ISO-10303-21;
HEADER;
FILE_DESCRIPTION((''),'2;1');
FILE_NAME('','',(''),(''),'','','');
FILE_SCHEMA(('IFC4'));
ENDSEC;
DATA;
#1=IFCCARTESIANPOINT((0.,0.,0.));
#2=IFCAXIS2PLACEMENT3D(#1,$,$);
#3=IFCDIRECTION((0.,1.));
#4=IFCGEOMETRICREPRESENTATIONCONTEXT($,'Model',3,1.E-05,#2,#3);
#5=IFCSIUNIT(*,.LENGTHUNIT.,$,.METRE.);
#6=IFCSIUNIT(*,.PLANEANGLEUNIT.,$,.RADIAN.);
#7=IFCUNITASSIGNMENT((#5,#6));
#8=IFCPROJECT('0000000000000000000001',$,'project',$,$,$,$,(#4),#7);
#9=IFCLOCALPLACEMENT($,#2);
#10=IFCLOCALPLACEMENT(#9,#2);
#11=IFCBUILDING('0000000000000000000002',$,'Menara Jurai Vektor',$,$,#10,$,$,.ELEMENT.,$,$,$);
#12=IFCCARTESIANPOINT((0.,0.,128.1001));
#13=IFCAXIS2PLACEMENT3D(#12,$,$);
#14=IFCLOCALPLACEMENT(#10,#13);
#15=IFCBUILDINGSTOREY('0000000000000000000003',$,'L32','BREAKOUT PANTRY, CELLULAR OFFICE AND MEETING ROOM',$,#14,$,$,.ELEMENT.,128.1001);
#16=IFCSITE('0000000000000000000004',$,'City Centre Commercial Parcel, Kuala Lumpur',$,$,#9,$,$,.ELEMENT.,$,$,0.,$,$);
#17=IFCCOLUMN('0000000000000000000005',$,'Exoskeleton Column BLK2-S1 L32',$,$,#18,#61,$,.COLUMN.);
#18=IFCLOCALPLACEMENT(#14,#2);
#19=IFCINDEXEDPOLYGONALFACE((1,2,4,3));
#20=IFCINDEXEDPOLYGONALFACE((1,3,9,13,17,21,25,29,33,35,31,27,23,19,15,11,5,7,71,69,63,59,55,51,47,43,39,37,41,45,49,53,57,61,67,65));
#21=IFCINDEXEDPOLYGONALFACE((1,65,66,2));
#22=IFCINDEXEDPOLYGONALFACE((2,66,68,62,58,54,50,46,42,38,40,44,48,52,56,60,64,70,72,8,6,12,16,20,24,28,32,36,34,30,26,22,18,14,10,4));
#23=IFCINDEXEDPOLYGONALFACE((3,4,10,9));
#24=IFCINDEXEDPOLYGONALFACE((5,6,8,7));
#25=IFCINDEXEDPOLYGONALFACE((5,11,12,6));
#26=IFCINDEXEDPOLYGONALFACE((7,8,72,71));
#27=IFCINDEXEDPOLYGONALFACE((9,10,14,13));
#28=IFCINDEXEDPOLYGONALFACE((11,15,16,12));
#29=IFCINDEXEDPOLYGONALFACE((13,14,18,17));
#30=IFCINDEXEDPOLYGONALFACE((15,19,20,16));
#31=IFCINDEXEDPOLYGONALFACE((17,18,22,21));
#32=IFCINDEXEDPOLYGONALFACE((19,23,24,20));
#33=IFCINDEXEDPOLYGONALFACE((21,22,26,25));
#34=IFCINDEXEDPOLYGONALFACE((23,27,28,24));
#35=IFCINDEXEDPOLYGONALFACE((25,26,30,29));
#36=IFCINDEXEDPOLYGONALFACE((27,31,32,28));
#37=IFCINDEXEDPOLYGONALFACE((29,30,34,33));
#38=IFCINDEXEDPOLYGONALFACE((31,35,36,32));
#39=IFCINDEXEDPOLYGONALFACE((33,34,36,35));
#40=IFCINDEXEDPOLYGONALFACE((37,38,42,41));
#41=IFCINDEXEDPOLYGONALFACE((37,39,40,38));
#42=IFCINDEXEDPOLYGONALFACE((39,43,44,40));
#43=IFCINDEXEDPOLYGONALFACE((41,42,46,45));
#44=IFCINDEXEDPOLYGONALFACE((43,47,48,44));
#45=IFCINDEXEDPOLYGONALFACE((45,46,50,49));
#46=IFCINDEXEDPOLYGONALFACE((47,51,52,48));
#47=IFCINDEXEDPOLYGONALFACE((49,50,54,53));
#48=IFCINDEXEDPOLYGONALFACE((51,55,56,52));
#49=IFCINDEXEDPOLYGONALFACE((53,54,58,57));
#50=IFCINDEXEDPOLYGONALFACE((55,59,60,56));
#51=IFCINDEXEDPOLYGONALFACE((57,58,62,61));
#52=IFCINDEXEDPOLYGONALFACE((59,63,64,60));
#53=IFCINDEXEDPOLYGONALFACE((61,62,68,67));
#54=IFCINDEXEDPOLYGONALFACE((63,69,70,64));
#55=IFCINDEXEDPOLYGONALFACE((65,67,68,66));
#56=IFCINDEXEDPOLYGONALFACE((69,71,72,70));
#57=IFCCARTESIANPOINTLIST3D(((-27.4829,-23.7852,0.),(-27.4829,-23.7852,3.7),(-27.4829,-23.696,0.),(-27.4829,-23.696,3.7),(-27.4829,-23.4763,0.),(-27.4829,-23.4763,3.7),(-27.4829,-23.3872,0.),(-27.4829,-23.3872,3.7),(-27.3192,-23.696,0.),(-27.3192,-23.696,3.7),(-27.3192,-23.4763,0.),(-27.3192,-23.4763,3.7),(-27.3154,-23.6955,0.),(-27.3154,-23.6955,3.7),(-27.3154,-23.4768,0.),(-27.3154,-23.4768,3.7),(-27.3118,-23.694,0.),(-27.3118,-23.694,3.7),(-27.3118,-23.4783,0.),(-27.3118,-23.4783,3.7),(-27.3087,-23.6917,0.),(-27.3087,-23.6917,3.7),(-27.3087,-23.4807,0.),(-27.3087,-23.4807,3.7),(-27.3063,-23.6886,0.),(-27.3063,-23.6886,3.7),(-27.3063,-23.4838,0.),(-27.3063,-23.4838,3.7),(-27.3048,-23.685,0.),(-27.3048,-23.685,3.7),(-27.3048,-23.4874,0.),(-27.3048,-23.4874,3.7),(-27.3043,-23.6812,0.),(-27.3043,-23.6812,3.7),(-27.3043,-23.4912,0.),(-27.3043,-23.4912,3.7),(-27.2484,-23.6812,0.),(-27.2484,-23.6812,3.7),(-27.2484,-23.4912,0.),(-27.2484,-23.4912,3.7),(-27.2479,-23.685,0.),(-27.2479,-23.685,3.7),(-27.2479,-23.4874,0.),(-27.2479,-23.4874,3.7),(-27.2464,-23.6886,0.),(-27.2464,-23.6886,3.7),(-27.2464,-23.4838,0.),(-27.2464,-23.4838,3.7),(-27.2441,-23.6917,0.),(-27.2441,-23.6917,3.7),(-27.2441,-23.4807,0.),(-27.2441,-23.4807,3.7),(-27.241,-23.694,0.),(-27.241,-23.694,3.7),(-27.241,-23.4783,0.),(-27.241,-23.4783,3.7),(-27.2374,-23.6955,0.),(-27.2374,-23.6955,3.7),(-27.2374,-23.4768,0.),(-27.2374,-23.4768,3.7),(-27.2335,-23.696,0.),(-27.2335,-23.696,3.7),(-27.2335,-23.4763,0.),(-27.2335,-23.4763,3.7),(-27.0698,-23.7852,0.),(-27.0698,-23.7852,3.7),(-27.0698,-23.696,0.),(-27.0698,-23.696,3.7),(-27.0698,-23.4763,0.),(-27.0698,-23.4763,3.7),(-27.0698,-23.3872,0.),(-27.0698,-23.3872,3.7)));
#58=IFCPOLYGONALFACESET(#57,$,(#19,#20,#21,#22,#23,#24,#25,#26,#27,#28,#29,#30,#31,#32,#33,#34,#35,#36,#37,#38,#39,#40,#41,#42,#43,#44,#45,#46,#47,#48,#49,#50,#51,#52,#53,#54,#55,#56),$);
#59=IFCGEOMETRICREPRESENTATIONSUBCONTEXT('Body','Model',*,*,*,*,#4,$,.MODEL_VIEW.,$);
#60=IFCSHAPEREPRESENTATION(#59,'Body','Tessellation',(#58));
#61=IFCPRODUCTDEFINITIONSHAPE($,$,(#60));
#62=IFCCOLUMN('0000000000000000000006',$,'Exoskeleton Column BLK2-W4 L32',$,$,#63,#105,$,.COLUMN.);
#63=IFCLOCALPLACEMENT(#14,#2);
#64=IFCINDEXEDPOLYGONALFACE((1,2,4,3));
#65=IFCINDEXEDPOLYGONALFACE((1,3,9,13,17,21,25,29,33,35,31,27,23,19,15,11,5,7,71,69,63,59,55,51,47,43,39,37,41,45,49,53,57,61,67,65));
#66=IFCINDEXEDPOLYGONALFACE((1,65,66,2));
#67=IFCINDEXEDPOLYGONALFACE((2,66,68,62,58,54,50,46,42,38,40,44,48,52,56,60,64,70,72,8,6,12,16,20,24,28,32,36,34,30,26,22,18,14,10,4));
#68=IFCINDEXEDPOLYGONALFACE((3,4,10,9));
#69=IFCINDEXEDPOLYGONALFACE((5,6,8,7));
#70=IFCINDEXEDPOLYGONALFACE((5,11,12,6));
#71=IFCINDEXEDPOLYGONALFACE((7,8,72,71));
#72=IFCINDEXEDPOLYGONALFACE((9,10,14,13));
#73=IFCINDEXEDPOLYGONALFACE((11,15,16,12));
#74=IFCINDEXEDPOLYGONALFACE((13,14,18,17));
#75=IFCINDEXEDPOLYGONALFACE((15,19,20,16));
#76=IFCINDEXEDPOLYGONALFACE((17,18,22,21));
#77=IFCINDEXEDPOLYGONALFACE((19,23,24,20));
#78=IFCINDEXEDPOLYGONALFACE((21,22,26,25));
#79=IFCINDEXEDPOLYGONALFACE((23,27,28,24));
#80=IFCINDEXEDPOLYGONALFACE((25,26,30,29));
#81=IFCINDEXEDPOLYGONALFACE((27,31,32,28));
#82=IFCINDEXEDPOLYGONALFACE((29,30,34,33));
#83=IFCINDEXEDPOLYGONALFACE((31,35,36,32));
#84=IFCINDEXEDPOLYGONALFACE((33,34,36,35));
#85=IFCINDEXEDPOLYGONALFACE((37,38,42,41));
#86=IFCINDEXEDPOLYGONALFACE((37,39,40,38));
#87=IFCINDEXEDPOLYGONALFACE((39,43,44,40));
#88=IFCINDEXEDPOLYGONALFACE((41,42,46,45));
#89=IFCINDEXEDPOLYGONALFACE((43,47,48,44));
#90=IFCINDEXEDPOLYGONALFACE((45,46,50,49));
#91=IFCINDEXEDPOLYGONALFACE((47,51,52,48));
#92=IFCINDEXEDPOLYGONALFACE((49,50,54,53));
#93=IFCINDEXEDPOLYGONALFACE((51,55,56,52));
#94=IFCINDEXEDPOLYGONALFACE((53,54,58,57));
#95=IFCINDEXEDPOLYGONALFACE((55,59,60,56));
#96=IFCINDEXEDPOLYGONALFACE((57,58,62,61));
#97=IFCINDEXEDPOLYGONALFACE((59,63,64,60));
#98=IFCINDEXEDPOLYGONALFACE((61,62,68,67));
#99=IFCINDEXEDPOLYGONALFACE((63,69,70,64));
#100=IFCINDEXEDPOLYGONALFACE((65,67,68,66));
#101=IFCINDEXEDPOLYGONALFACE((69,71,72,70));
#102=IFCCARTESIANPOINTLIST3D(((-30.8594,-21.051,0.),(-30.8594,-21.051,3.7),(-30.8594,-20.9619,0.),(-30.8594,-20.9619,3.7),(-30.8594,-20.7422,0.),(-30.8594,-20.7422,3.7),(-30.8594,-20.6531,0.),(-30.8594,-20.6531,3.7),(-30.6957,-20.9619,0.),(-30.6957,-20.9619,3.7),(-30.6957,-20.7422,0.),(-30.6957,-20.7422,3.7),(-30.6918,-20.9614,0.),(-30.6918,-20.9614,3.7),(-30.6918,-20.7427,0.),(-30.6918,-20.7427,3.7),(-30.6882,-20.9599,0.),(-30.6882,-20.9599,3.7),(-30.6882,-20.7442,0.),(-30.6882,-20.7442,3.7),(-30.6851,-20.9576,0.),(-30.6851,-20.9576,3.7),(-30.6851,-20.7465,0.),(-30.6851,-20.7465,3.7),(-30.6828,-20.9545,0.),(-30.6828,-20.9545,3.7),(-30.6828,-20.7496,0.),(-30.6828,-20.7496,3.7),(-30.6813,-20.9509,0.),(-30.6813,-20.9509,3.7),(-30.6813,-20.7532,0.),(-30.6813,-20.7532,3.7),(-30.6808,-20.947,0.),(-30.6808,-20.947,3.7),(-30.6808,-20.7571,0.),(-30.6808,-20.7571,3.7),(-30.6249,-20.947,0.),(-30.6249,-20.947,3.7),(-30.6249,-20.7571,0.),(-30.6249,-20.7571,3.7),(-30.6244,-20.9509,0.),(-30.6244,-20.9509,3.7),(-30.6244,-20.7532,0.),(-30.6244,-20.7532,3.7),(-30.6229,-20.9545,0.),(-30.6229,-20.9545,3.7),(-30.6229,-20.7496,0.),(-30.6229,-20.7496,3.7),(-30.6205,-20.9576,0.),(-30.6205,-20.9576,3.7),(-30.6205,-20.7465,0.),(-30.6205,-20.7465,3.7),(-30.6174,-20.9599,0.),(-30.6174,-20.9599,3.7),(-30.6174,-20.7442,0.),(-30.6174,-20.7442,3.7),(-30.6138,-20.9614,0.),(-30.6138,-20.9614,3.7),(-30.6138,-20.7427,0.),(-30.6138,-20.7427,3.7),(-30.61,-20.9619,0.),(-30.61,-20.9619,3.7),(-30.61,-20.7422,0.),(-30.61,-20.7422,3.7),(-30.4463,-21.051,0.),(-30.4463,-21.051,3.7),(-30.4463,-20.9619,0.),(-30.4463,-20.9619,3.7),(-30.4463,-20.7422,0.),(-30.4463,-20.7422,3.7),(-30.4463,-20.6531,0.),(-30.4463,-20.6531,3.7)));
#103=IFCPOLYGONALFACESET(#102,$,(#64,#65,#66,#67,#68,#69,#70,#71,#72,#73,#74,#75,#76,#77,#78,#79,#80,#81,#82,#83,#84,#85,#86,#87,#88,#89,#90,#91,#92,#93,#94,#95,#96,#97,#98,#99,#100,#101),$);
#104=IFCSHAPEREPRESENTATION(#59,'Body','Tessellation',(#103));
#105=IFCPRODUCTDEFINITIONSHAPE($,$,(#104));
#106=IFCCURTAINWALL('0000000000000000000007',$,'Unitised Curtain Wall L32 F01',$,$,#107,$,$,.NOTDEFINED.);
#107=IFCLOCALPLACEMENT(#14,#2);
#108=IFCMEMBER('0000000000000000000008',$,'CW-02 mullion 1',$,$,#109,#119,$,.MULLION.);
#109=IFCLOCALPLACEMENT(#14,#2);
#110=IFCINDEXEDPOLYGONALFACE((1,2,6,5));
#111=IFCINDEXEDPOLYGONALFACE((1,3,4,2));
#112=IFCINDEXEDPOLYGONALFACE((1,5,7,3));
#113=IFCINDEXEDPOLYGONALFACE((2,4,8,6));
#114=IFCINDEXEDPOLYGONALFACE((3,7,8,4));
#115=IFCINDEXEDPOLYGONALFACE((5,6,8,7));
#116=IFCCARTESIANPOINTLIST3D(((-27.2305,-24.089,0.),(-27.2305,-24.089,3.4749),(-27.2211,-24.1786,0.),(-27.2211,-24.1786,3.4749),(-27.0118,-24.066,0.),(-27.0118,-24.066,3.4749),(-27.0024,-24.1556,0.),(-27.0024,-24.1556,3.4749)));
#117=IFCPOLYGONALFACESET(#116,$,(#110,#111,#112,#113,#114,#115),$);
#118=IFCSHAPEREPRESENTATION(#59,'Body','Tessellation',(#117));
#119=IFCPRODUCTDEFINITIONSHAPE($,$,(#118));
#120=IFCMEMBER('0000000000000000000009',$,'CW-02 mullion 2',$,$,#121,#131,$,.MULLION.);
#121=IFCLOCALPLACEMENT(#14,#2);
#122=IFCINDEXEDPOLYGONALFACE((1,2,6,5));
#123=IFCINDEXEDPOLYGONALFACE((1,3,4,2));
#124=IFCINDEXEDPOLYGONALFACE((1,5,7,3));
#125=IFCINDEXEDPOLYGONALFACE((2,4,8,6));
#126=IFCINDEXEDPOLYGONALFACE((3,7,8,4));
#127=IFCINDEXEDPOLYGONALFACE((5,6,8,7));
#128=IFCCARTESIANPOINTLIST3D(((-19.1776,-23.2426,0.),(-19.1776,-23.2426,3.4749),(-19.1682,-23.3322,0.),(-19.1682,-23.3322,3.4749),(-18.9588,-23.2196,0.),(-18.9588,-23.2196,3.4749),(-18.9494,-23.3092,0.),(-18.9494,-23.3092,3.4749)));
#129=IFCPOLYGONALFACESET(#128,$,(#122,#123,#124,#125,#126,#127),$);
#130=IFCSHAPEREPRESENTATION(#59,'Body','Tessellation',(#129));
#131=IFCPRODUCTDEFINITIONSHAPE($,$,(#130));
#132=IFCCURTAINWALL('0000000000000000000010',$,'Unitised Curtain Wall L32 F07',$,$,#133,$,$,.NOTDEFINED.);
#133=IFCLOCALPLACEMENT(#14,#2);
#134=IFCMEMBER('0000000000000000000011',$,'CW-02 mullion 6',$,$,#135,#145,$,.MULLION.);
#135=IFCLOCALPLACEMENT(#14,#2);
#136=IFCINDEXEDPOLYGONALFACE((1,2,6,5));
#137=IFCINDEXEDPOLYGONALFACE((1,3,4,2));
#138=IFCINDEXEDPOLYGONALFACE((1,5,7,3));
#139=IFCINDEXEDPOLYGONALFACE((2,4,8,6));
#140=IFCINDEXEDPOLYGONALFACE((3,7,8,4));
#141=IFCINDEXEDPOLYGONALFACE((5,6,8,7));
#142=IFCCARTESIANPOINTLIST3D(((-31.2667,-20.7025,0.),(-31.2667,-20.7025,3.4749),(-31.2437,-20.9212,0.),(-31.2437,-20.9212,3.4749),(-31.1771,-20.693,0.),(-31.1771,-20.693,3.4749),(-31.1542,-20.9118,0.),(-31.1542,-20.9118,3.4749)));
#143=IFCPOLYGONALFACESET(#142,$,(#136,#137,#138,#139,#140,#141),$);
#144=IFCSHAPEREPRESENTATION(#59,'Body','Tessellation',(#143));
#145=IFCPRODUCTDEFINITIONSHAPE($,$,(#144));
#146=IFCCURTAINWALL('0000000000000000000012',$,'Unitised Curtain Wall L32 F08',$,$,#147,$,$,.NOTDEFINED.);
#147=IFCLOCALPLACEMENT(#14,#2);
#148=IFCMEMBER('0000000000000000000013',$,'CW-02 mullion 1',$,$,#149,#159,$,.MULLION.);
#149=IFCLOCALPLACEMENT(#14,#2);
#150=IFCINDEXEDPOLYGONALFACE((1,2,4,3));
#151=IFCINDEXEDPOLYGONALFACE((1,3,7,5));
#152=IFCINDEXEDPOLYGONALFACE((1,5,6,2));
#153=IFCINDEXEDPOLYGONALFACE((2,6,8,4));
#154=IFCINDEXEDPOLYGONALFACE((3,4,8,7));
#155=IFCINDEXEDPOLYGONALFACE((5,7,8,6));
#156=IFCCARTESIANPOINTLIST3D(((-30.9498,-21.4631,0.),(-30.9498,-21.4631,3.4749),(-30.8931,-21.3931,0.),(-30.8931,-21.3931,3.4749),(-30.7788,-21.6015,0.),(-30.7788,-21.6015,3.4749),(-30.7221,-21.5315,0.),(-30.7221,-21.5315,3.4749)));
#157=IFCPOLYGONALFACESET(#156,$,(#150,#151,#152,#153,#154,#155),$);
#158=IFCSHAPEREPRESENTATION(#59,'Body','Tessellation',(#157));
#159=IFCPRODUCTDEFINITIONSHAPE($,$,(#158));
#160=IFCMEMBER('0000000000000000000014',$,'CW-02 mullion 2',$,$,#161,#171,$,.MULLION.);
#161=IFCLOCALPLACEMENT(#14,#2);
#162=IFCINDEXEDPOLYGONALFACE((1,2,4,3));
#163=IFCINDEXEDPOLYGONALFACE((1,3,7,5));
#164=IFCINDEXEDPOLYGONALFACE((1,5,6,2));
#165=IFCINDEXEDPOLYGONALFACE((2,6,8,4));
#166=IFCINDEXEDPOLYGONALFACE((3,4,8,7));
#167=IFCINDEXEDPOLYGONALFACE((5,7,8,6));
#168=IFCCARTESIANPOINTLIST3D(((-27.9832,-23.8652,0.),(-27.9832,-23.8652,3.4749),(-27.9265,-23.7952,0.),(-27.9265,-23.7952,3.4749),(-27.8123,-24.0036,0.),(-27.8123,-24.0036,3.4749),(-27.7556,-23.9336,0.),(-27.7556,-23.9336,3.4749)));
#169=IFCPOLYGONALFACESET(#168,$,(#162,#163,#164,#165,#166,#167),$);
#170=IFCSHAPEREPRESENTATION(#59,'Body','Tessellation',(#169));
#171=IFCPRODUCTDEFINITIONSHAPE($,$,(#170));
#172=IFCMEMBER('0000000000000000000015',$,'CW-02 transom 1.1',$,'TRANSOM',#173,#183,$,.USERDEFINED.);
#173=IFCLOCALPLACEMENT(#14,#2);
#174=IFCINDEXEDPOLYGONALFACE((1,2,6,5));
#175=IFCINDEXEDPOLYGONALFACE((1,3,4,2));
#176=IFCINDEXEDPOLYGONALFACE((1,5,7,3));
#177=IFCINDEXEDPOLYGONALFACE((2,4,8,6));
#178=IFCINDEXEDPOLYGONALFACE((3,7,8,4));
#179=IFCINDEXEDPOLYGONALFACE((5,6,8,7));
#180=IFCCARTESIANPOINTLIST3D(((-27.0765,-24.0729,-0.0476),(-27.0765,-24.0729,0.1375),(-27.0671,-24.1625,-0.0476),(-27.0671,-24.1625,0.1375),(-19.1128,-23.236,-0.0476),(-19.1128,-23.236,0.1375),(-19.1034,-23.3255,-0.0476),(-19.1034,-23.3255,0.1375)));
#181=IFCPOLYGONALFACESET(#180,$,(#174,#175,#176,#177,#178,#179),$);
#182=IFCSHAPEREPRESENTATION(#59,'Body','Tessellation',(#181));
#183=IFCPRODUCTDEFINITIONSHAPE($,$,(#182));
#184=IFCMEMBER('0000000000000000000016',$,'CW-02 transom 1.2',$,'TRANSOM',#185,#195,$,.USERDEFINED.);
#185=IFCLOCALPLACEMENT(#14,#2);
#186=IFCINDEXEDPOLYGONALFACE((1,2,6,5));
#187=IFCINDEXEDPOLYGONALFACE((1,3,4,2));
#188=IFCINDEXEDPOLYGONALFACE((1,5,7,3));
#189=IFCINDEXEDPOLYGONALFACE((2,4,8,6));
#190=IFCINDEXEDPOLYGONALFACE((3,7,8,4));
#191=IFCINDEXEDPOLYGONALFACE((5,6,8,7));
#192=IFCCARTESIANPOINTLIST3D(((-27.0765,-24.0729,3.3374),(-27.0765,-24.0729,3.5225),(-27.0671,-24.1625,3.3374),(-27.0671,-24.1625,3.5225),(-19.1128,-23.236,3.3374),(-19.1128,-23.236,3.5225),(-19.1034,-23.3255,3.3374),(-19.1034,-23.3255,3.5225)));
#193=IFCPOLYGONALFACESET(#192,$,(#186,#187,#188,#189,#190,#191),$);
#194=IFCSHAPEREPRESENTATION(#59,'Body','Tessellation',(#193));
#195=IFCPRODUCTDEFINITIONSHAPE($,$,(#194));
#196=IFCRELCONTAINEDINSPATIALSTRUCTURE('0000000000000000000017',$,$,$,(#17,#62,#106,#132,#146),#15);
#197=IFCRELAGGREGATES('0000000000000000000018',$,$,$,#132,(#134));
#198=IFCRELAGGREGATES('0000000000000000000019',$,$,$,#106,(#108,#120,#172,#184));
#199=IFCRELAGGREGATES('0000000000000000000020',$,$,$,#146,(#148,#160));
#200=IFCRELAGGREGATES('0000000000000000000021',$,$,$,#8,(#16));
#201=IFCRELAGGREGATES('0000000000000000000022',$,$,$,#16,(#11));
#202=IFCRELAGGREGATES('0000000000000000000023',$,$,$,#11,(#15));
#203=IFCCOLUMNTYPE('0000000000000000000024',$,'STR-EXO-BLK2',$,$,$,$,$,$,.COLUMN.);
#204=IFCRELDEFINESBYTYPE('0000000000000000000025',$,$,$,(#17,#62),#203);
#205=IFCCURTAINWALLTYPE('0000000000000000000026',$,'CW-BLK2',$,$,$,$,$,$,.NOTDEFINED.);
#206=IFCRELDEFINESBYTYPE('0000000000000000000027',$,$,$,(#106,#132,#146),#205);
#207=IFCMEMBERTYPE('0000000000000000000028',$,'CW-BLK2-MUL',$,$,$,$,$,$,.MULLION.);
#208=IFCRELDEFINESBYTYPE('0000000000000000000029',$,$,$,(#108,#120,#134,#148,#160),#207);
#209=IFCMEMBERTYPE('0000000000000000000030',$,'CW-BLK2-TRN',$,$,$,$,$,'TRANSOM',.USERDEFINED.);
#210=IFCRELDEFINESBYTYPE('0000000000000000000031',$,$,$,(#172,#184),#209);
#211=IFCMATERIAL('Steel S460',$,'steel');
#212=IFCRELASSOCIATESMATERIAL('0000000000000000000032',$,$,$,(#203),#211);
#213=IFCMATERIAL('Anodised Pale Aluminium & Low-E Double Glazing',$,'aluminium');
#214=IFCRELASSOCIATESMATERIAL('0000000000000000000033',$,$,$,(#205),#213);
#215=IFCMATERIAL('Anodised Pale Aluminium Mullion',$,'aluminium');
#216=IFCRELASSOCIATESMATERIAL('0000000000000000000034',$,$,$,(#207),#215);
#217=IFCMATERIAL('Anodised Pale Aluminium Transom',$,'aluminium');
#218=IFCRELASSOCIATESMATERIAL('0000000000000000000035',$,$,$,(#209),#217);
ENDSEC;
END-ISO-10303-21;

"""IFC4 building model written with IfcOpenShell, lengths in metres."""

from ifc_helpers import new_model, si_unit, direction, frame, origin, origin_2d, place, context, subcontext, project, spatial, rectangle, i_section, extrude, material, material_profile, profile_set, type_object, element, aggregate, save


model = new_model("IFC4")

# Units and contexts
model_context = context("Model", 3, precision=1e-05, world=origin(), true_north=direction((0.0, 1.0)))
body_context = subcontext(model_context, "Body", "Model", "MODEL_VIEW")
ifc_project = project(units=[si_unit("LENGTHUNIT", "METRE"), si_unit("PLANEANGLEUNIT", "RADIAN")], contexts=[model_context])

# Site, building, storey
site_placement = place(None, origin())
site = spatial("IfcSite", under=ifc_project, at=site_placement, Name="City Centre Commercial Parcel, Kuala Lumpur", CompositionType="ELEMENT", RefElevation=0.0)
building_placement = place(site_placement, origin())
building = spatial("IfcBuilding", under=site, at=building_placement, Name="Menara Jurai Vektor", CompositionType="ELEMENT")
storey_placement = place(building_placement, frame((0.0, 0.0, 128.1001)))
storey = spatial("IfcBuildingStorey", under=building, at=storey_placement, Name="L32", Description="BREAKOUT PANTRY, CELLULAR OFFICE AND MEETING ROOM", CompositionType="ELEMENT", Elevation=128.1001)

# Columns
ifc_material_1 = material(Name="Steel S460", Category="steel")
ifc_material_profile_1 = material_profile(ifc_material_1, i_section(OverallWidth=0.4131, OverallDepth=0.3979, WebThickness=0.0559, FlangeThickness=0.0891, FilletRadius=0.0149, at=origin_2d()), Name="HD 400x744")
ifc_profile_set_1 = profile_set([ifc_material_profile_1], Name="Steel S460")
column_type = type_object("IfcColumnType", Name="STR-EXO-BLK2", PredefinedType="COLUMN", material=ifc_profile_set_1)
for number, where, z_axis, x_axis, name in (
    (1, (-27.2764, -23.5862, 0.0), (0.0, 0.0, 1.0), (1.0, 0.0, 0.0), "Exoskeleton Column BLK2-S1 L32"),
    (2, (-30.6528, -20.8521, 0.0), (0.0, 0.0, 1.0), (1.0, 0.0, 0.0), "Exoskeleton Column BLK2-W4 L32"),
):
    element("IfcColumn", number, at=place(storey_placement, frame(where, z_axis=z_axis, x_axis=x_axis)), inside=storey, type_object=column_type, Name=name, PredefinedType="COLUMN", context=body_context, shape_type="SweptSolid", body=[
        extrude(i_section(OverallWidth=0.4131, OverallDepth=0.3979, WebThickness=0.0559, FlangeThickness=0.0891, FilletRadius=0.0149, at=origin_2d()), origin(), (0.0, 0.0, 1.0), 3.7),
    ])

# Curtain wall, members
ifc_material_2 = material(Name="Anodised Pale Aluminium & Low-E Double Glazing", Category="aluminium")
curtain_wall_type = type_object("IfcCurtainWallType", Name="CW-BLK2", PredefinedType="NOTDEFINED", material=ifc_material_2)
curtain_wall_1_placement = place(storey_placement, origin())
curtain_wall_1 = element("IfcCurtainWall", 3, at=curtain_wall_1_placement, inside=storey, type_object=curtain_wall_type, Name="Unitised Curtain Wall L32 F01", PredefinedType="NOTDEFINED")
ifc_material_3 = material(Name="Anodised Pale Aluminium Mullion", Category="aluminium")
ifc_material_profile_2 = material_profile(ifc_material_3, rectangle(XDim=0.0901, YDim=0.22, at=origin_2d()), Name="ALU MUL 90x220")
ifc_profile_set_2 = profile_set([ifc_material_profile_2], Name="Anodised Pale Aluminium Mullion")
member_type_1 = type_object("IfcMemberType", Name="CW-BLK2-MUL", PredefinedType="MULLION", material=ifc_profile_set_2)
member_1_placement = place(storey_placement, frame((-27.1165, -24.1223, 0.0), z_axis=(0.0, 0.0, 1.0), x_axis=(-0.104529, 0.994522, 0.0)))
member_1 = element("IfcMember", 4, at=member_1_placement, type_object=member_type_1, Name="CW-02 mullion 1", PredefinedType="MULLION", context=body_context, shape_type="SweptSolid", body=[
    extrude(rectangle(XDim=0.0901, YDim=0.22, at=origin_2d()), origin(), (0.0, 0.0, 1.0), 3.4749),
])
member_2_placement = place(storey_placement, frame((-19.0635, -23.2759, 0.0), z_axis=(0.0, 0.0, 1.0), x_axis=(-0.104529, 0.994522, 0.0)))
member_2 = element("IfcMember", 5, at=member_2_placement, type_object=member_type_1, Name="CW-02 mullion 2", PredefinedType="MULLION", context=body_context, shape_type="SweptSolid", body=[
    extrude(rectangle(XDim=0.0901, YDim=0.22, at=origin_2d()), origin(), (0.0, 0.0, 1.0), 3.4749),
])

# Curtain wall, member
curtain_wall_2_placement = place(storey_placement, origin())
curtain_wall_2 = element("IfcCurtainWall", 6, at=curtain_wall_2_placement, inside=storey, type_object=curtain_wall_type, Name="Unitised Curtain Wall L32 F07", PredefinedType="NOTDEFINED")
member_3_placement = place(storey_placement, frame((-31.2104, -20.8071, 0.0), z_axis=(0.0, 0.0, 1.0), x_axis=(0.994522, 0.10453, 0.0)))
member_3 = element("IfcMember", 7, at=member_3_placement, type_object=member_type_1, Name="CW-02 mullion 6", PredefinedType="MULLION", context=body_context, shape_type="SweptSolid", body=[
    extrude(rectangle(XDim=0.0901, YDim=0.22, at=origin_2d()), origin(), (0.0, 0.0, 1.0), 3.4749),
])
aggregate(curtain_wall_2, [member_3])

# Curtain wall, members
curtain_wall_3_placement = place(storey_placement, origin())
curtain_wall_3 = element("IfcCurtainWall", 8, at=curtain_wall_3_placement, inside=storey, type_object=curtain_wall_type, Name="Unitised Curtain Wall L32 F08", PredefinedType="NOTDEFINED")
member_4_placement = place(storey_placement, frame((-30.8359, -21.4973, 0.0), z_axis=(0.0, 0.0, 1.0), x_axis=(0.629313, 0.777152, 0.0)))
member_4 = element("IfcMember", 9, at=member_4_placement, type_object=member_type_1, Name="CW-02 mullion 1", PredefinedType="MULLION", context=body_context, shape_type="SweptSolid", body=[
    extrude(rectangle(XDim=0.0901, YDim=0.22, at=origin_2d()), origin(), (0.0, 0.0, 1.0), 3.4749),
])
member_5_placement = place(storey_placement, frame((-27.8694, -23.8994, 0.0), z_axis=(0.0, 0.0, 1.0), x_axis=(0.629313, 0.777152, 0.0)))
member_5 = element("IfcMember", 10, at=member_5_placement, type_object=member_type_1, Name="CW-02 mullion 2", PredefinedType="MULLION", context=body_context, shape_type="SweptSolid", body=[
    extrude(rectangle(XDim=0.0901, YDim=0.22, at=origin_2d()), origin(), (0.0, 0.0, 1.0), 3.4749),
])

# Members
ifc_material_4 = material(Name="Anodised Pale Aluminium Transom", Category="aluminium")
ifc_material_profile_3 = material_profile(ifc_material_4, rectangle(XDim=0.0901, YDim=0.1851, at=origin_2d()), Name="ALU TRN 90x185")
ifc_profile_set_3 = profile_set([ifc_material_profile_3], Name="Anodised Pale Aluminium Transom")
member_type_2 = type_object("IfcMemberType", Name="CW-BLK2-TRN", ElementType="TRANSOM", PredefinedType="USERDEFINED", material=ifc_profile_set_3)
member_6_placement = place(storey_placement, frame((-27.0718, -24.1177, 0.0449), z_axis=(0.994523, 0.104517, 0.0), x_axis=(-0.104517, 0.994523, 0.0)))
member_6 = element("IfcMember", 11, at=member_6_placement, type_object=member_type_2, Name="CW-02 transom 1.1", ObjectType="TRANSOM", PredefinedType="USERDEFINED", context=body_context, shape_type="SweptSolid", body=[
    extrude(rectangle(XDim=0.0901, YDim=0.1851, at=origin_2d()), origin(), (0.0, 0.0, 1.0), 8.0076),
])
member_7_placement = place(storey_placement, frame((-27.0718, -24.1177, 3.4299), z_axis=(0.994523, 0.104517, 0.0), x_axis=(-0.104517, 0.994523, 0.0)))
member_7 = element("IfcMember", 12, at=member_7_placement, type_object=member_type_2, Name="CW-02 transom 1.2", ObjectType="TRANSOM", PredefinedType="USERDEFINED", context=body_context, shape_type="SweptSolid", body=[
    extrude(rectangle(XDim=0.0901, YDim=0.1851, at=origin_2d()), origin(), (0.0, 0.0, 1.0), 8.0076),
])

aggregate(curtain_wall_1, [member_1, member_2, member_6, member_7])
aggregate(curtain_wall_3, [member_4, member_5])

save(model, "model.ifc")
